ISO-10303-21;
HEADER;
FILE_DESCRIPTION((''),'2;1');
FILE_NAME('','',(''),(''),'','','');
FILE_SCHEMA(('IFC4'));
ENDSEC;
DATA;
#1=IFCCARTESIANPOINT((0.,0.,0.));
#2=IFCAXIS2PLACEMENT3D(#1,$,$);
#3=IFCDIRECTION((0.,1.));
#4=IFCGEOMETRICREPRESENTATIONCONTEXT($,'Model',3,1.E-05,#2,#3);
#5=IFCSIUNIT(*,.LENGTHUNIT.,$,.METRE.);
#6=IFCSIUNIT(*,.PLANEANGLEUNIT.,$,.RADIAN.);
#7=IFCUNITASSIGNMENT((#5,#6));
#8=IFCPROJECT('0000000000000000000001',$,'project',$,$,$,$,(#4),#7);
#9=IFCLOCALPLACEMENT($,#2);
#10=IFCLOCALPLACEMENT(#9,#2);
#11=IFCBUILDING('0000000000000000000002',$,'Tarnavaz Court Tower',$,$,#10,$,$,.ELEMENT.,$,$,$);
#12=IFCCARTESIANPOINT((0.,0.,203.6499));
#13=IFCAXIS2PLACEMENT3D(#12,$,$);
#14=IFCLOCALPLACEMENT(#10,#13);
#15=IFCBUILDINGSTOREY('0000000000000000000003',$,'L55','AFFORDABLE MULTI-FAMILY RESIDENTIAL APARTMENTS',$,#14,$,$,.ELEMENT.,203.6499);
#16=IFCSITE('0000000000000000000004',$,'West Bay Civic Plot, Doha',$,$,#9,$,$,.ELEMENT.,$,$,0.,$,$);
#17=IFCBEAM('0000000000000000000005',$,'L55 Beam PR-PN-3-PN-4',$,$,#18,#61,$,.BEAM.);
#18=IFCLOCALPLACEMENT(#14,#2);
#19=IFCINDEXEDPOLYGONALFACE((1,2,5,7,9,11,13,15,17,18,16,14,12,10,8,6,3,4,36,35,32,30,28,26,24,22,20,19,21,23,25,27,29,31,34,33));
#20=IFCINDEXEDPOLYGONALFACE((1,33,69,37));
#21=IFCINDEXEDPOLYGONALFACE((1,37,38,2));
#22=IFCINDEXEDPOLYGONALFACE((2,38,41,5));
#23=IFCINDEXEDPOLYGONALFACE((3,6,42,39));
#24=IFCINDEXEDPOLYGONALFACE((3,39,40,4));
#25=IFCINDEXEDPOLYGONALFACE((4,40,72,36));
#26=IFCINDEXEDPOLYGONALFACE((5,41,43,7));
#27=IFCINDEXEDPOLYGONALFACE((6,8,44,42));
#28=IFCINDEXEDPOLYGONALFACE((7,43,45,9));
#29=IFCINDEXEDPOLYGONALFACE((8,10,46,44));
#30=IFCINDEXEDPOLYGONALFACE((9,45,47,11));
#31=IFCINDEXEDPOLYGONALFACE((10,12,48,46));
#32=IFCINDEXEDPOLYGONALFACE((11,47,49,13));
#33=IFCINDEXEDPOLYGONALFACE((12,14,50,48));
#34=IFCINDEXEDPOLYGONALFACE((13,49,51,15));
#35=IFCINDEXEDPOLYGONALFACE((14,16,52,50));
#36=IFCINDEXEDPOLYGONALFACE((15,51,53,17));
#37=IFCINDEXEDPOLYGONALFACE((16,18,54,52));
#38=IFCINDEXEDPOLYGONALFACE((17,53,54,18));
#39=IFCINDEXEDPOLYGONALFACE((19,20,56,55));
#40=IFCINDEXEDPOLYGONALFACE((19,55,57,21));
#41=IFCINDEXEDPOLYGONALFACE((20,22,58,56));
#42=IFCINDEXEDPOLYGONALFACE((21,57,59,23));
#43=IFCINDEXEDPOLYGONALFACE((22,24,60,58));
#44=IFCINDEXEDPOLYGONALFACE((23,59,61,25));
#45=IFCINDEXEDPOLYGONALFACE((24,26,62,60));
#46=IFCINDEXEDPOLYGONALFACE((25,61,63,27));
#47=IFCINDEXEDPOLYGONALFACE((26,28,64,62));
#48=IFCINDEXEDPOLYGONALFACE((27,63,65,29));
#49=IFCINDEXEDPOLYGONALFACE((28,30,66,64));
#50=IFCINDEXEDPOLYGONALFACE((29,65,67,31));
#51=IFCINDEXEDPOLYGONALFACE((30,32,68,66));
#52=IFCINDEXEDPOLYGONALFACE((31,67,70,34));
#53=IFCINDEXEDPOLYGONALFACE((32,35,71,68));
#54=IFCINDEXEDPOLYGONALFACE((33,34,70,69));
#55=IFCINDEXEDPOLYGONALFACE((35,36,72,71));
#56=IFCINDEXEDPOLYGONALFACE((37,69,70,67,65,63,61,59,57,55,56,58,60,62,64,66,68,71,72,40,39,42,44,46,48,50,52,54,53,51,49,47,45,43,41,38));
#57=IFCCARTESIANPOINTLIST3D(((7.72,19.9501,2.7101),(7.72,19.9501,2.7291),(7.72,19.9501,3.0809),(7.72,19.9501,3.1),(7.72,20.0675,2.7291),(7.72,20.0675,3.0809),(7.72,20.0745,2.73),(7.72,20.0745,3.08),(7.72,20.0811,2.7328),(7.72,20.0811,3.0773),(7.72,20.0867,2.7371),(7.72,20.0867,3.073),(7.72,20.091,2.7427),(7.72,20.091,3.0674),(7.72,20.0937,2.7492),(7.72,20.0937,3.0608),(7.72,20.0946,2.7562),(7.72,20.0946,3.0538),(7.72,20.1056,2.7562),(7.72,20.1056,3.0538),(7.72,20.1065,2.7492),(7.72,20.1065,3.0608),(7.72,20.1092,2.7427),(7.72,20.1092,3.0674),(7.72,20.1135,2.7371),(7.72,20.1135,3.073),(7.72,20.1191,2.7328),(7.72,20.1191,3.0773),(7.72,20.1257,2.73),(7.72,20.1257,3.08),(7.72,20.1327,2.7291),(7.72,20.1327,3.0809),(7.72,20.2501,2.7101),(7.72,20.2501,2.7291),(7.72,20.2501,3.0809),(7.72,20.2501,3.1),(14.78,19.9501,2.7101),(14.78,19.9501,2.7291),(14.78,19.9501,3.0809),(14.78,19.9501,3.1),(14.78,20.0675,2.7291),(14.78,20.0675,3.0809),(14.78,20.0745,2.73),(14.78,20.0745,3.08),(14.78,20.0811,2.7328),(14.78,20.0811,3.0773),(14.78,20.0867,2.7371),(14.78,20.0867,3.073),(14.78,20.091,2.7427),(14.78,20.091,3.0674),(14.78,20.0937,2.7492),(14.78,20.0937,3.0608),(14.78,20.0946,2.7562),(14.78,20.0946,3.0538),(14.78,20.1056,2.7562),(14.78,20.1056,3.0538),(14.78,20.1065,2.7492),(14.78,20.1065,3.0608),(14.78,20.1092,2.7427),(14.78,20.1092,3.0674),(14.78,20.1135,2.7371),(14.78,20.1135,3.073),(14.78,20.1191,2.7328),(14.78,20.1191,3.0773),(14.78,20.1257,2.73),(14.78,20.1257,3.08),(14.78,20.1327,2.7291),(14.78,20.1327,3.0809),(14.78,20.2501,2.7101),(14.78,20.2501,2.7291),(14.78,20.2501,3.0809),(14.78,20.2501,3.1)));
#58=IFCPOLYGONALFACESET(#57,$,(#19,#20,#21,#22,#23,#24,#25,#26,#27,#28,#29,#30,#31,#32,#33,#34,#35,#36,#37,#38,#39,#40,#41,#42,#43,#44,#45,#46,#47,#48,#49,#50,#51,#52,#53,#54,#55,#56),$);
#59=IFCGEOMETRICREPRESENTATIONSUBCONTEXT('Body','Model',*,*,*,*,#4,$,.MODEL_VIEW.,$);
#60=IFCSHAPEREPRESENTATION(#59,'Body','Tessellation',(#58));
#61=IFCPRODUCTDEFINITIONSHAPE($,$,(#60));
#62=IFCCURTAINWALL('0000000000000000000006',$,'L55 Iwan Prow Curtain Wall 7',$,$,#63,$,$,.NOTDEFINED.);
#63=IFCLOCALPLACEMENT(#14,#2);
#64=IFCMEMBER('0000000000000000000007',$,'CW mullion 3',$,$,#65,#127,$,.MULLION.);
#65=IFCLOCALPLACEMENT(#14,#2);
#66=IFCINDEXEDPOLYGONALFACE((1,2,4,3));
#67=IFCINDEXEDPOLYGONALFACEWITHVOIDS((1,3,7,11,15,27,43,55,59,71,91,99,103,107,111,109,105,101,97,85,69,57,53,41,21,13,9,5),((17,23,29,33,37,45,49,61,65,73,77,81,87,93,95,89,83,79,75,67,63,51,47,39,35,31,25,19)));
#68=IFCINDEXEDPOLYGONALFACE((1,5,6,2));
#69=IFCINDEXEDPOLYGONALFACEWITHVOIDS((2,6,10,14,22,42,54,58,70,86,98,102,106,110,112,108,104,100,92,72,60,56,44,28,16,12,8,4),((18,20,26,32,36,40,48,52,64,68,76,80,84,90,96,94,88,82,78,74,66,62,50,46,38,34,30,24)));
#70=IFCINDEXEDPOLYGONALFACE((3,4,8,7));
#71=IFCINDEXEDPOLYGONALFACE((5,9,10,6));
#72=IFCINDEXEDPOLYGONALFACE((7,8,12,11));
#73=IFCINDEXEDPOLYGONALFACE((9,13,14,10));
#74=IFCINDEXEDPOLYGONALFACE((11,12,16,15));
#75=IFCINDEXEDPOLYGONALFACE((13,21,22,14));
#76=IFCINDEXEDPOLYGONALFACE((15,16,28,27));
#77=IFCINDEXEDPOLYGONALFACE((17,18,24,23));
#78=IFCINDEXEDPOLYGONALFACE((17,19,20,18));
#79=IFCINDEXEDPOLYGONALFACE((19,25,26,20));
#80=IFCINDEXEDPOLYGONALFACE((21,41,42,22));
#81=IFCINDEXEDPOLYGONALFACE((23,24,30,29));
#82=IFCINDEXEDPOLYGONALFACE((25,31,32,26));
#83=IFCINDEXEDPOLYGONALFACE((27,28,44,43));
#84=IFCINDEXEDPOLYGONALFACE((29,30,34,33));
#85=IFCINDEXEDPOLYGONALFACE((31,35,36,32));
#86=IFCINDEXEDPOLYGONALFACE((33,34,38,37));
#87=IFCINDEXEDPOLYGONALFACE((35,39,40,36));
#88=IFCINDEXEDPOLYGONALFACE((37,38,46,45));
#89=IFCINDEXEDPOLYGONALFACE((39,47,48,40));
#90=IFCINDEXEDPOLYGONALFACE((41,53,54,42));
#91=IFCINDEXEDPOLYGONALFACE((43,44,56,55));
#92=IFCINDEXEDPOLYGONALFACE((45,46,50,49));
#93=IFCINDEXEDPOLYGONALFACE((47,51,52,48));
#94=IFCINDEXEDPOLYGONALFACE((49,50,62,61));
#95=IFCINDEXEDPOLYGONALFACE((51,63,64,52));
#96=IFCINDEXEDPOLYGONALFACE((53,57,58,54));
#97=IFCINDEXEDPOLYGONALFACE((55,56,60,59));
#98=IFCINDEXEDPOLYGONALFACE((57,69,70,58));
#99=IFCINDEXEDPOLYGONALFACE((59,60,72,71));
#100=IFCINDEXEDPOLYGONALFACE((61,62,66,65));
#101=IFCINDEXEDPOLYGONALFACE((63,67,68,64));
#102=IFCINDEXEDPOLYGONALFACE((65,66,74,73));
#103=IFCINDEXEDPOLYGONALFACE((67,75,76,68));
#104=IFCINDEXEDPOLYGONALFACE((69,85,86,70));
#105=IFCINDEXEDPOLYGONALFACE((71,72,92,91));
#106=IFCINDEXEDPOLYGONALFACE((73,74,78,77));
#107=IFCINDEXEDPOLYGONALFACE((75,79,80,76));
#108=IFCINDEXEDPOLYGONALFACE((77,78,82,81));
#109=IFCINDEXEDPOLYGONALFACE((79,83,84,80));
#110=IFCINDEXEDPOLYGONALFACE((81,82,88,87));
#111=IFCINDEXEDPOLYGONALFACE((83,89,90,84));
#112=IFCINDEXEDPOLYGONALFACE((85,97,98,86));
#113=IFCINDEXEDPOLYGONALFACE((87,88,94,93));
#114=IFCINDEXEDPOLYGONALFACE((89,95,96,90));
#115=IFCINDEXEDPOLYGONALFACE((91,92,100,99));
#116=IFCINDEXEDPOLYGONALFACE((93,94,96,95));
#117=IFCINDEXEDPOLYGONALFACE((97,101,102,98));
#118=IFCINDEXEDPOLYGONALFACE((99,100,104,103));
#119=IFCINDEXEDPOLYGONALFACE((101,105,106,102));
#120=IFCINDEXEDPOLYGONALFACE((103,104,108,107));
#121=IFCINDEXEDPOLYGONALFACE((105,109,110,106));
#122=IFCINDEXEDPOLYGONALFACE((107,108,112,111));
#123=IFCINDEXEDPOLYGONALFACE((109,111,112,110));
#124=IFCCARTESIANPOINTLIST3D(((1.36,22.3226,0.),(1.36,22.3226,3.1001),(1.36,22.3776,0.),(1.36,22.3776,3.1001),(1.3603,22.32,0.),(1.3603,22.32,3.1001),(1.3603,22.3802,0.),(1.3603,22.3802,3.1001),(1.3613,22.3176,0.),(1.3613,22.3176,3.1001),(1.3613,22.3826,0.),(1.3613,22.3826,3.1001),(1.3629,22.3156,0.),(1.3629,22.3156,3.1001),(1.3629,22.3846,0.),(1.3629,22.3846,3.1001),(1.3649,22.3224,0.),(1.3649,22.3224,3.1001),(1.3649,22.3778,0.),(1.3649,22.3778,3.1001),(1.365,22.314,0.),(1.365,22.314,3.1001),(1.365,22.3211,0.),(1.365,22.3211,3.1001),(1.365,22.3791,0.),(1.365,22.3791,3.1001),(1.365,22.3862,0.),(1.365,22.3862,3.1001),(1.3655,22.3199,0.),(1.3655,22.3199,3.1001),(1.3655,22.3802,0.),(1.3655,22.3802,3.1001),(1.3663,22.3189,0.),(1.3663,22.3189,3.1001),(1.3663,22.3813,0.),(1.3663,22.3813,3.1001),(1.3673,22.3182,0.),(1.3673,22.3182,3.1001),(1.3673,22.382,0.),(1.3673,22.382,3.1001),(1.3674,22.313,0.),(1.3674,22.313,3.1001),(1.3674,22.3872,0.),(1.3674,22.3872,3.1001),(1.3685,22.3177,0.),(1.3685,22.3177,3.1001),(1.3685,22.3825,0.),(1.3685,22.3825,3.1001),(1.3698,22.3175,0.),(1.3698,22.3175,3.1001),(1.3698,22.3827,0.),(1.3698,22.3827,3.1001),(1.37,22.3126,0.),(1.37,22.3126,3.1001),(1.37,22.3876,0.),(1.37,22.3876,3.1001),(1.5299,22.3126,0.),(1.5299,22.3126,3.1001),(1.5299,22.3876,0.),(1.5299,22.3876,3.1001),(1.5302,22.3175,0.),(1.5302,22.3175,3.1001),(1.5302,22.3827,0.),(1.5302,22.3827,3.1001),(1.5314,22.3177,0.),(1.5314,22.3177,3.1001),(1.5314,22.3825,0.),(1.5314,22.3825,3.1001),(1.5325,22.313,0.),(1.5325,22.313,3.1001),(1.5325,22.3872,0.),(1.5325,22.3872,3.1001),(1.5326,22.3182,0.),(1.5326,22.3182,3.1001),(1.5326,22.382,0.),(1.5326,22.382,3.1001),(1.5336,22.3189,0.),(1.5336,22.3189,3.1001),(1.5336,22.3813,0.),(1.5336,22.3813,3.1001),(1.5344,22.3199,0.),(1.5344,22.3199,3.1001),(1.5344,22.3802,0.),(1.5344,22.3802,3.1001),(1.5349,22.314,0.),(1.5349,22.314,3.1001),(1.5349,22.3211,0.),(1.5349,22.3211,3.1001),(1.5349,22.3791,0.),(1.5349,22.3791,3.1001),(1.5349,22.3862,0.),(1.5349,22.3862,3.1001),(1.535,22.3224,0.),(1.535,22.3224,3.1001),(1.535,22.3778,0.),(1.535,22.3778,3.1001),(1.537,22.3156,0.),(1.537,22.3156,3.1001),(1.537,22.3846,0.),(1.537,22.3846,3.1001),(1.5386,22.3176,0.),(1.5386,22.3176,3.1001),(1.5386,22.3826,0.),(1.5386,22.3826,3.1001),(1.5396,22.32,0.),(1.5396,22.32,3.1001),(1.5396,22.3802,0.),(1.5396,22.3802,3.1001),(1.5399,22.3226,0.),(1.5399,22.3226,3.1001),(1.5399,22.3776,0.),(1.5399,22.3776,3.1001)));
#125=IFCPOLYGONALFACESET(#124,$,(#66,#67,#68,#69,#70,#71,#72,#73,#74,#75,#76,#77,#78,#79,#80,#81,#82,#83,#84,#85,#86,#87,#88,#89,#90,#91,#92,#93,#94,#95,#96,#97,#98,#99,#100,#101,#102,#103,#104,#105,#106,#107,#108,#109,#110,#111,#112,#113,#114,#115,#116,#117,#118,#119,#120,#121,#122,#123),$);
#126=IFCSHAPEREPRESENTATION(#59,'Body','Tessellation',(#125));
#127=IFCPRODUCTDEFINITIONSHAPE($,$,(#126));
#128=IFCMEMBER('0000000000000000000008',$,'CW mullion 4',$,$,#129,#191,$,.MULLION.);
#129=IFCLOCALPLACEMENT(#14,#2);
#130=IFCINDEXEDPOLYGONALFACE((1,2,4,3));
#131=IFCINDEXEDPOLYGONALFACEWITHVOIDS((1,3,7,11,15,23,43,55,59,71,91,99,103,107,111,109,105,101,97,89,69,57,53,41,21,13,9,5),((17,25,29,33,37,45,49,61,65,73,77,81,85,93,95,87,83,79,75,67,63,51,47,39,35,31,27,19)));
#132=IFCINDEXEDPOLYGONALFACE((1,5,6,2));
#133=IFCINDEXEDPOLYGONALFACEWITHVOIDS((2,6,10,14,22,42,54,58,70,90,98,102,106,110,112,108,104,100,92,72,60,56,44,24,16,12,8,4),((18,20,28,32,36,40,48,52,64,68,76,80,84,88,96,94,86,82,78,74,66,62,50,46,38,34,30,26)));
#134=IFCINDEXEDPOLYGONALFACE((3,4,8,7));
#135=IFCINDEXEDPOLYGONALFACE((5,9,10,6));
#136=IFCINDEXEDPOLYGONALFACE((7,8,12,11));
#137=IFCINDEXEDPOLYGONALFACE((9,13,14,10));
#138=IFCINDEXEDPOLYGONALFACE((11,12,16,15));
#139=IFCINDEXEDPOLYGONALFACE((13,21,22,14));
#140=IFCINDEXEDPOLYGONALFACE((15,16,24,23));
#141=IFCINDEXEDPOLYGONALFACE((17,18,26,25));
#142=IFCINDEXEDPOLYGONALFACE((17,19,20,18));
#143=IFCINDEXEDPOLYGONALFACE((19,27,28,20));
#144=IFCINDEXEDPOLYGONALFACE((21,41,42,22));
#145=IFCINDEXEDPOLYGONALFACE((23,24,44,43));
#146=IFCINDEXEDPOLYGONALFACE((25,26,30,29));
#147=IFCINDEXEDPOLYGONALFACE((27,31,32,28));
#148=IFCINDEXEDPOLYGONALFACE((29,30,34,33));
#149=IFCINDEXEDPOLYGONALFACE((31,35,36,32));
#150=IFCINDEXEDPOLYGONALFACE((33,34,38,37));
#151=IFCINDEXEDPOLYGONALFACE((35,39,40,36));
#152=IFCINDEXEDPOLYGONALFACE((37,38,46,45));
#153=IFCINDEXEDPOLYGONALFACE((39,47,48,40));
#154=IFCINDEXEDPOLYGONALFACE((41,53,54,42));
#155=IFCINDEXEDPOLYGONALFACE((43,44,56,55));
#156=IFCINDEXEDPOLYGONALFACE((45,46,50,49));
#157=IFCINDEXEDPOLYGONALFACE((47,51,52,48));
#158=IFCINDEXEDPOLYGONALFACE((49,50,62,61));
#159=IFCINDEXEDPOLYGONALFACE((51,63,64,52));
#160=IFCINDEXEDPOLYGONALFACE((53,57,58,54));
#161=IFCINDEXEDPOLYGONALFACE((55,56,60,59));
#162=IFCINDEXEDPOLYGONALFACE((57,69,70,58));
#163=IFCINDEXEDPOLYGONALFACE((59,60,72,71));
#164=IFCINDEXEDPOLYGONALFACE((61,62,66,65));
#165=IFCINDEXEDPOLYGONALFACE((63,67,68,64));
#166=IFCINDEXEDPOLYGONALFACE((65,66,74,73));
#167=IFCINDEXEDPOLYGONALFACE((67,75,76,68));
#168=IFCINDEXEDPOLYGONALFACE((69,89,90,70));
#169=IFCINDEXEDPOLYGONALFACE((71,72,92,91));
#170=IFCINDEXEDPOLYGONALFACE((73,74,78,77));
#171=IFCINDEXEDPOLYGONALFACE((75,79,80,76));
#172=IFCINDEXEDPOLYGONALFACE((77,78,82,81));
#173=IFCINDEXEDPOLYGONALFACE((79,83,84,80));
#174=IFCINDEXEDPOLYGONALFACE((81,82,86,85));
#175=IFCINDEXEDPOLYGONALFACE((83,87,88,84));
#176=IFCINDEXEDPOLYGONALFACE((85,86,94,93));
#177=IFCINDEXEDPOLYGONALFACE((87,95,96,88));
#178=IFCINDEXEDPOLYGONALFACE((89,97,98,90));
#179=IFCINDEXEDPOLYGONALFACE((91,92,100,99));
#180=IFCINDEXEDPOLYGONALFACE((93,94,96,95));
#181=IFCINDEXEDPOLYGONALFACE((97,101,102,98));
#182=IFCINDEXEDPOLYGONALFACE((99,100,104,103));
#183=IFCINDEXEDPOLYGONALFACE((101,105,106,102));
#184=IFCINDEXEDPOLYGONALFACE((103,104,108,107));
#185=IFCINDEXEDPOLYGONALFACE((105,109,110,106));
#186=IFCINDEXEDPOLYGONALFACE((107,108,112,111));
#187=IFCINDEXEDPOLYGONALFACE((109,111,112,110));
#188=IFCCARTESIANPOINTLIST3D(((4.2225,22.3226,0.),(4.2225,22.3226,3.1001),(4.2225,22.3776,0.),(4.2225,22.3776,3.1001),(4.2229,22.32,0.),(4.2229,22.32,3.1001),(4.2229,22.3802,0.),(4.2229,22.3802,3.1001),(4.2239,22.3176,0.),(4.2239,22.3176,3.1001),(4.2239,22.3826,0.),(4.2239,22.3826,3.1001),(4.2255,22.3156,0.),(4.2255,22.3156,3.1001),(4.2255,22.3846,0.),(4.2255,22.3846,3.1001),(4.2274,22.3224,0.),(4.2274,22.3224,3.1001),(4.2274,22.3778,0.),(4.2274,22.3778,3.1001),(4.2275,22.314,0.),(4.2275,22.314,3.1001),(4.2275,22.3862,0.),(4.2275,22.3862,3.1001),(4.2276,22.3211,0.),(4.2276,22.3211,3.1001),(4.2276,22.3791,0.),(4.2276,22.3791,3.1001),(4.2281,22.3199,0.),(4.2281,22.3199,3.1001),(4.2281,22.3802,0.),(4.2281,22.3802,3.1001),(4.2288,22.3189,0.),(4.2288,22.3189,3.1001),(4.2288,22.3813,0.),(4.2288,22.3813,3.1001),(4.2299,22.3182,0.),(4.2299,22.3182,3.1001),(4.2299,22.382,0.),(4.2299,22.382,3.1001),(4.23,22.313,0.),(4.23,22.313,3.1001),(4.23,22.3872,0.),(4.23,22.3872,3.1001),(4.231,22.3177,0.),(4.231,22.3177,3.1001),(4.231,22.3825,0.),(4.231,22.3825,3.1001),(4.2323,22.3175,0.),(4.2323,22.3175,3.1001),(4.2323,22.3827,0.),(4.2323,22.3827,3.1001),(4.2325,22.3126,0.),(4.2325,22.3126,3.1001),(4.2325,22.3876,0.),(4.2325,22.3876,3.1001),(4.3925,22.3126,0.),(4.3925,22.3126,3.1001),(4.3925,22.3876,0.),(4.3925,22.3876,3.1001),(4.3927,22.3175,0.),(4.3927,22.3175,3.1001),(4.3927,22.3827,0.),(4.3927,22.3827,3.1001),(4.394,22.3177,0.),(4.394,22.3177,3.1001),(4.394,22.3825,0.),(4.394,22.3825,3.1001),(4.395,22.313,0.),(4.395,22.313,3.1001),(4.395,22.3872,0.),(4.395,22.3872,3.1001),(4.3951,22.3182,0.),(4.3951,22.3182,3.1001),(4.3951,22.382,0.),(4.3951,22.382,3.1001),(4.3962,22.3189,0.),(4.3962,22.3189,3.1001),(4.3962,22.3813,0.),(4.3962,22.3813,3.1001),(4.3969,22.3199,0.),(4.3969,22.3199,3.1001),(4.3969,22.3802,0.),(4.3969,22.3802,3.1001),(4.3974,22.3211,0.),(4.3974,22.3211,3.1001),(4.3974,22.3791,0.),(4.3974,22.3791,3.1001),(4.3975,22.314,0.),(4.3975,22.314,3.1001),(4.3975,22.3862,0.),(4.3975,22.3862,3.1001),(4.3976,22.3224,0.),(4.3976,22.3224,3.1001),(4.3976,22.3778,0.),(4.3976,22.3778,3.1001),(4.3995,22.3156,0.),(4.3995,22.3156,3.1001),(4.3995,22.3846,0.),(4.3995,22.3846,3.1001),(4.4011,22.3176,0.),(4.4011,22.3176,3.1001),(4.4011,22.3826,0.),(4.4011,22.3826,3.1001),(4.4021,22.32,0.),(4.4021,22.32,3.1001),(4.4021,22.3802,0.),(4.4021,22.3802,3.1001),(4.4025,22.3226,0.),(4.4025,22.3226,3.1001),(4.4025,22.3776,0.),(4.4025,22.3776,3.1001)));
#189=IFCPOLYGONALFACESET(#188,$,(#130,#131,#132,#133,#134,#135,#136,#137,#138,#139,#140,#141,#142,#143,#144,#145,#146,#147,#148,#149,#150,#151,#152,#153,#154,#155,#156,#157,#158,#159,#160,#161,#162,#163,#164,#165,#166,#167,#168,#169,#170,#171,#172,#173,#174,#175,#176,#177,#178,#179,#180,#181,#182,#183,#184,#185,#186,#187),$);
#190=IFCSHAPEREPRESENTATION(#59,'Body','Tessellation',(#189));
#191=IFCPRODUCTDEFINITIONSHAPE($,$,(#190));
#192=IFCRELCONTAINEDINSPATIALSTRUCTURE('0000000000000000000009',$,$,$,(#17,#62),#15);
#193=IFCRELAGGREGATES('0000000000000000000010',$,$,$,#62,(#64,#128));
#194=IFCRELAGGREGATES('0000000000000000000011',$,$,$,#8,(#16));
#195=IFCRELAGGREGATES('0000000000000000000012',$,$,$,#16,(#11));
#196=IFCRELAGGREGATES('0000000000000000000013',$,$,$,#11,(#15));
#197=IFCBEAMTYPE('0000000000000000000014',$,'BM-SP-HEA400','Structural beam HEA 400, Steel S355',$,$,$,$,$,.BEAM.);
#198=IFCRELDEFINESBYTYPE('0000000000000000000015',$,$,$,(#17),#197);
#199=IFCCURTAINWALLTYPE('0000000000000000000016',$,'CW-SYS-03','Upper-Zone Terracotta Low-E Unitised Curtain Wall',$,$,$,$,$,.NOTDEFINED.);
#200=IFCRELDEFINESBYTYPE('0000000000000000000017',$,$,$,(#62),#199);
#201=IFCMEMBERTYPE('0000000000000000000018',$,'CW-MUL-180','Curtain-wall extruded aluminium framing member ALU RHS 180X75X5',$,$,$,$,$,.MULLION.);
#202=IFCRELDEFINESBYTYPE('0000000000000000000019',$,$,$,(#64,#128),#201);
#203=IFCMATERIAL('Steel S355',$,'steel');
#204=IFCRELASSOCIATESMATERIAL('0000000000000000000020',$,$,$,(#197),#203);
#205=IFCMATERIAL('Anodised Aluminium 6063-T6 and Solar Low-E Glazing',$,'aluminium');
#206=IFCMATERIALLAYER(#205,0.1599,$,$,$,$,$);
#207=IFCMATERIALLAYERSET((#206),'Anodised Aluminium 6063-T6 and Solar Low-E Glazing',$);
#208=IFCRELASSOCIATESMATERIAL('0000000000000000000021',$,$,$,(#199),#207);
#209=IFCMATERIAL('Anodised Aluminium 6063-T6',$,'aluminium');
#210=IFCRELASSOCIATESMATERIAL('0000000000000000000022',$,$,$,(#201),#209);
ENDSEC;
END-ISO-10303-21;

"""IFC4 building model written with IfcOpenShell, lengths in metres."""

from ifc_helpers import new_model, si_unit, direction, frame, origin, origin_2d, place, context, subcontext, project, spatial, hollow_rectangle, i_section, extrude, material, layer, layer_set, material_profile, profile_set, type_object, element, aggregate, save


model = new_model("IFC4")

# Units and contexts
model_context = context("Model", 3, precision=1e-05, world=origin(), true_north=direction((0.0, 1.0)))
body_context = subcontext(model_context, "Body", "Model", "MODEL_VIEW")
ifc_project = project(units=[si_unit("LENGTHUNIT", "METRE"), si_unit("PLANEANGLEUNIT", "RADIAN")], contexts=[model_context])

# Site, building, storey
site_placement = place(None, origin())
site = spatial("IfcSite", under=ifc_project, at=site_placement, Name="West Bay Civic Plot, Doha", CompositionType="ELEMENT", RefElevation=0.0)
building_placement = place(site_placement, origin())
building = spatial("IfcBuilding", under=site, at=building_placement, Name="Tarnavaz Court Tower", CompositionType="ELEMENT")
storey_placement = place(building_placement, frame((0.0, 0.0, 203.6499)))
storey = spatial("IfcBuildingStorey", under=building, at=storey_placement, Name="L55", Description="AFFORDABLE MULTI-FAMILY RESIDENTIAL APARTMENTS", CompositionType="ELEMENT", Elevation=203.6499)

# Beam
ifc_material_1 = material(Name="Steel S355", Category="steel")
ifc_material_profile_1 = material_profile(ifc_material_1, i_section(OverallWidth=0.3, OverallDepth=0.3899, WebThickness=0.011, FlangeThickness=0.019, FilletRadius=0.0271, at=origin_2d()), Name="HEA 400")
ifc_profile_set_1 = profile_set([ifc_material_profile_1], Name="Steel S355")
beam_type_1 = type_object("IfcBeamType", Name="BM-SP-HEA400", Description="Structural beam HEA 400, Steel S355", PredefinedType="BEAM", material=ifc_profile_set_1)
beam_placement = place(storey_placement, frame((7.72, 20.1001, 2.905), z_axis=(1.0, 0.0, 0.0), x_axis=(0.0, 1.0, 0.0)))
element("IfcBeam", 1, at=beam_placement, inside=storey, type_object=beam_type_1, Name="L55 Beam PR-PN-3-PN-4", PredefinedType="BEAM", context=body_context, shape_type="SweptSolid", body=[
    extrude(i_section(OverallWidth=0.3, OverallDepth=0.3899, WebThickness=0.011, FlangeThickness=0.019, FilletRadius=0.0271, at=origin_2d()), origin(), (0.0, 0.0, 1.0), 7.0601),
])

# Curtain wall, members
ifc_material_2 = material(Name="Anodised Aluminium 6063-T6 and Solar Low-E Glazing", Category="aluminium")
ifc_layer_1 = layer(ifc_material_2, 0.1599)
ifc_layer_set_1 = layer_set([ifc_layer_1], Name="Anodised Aluminium 6063-T6 and Solar Low-E Glazing")
curtain_wall_type = type_object("IfcCurtainWallType", Name="CW-SYS-03", Description="Upper-Zone Terracotta Low-E Unitised Curtain Wall", PredefinedType="NOTDEFINED", material=ifc_layer_set_1)
curtain_wall_placement = place(storey_placement, origin())
curtain_wall = element("IfcCurtainWall", 2, at=curtain_wall_placement, inside=storey, type_object=curtain_wall_type, Name="L55 Iwan Prow Curtain Wall 7", PredefinedType="NOTDEFINED")
ifc_material_3 = material(Name="Anodised Aluminium 6063-T6", Category="aluminium")
ifc_material_profile_2 = material_profile(ifc_material_3, hollow_rectangle(XDim=0.075, YDim=0.1799, WallThickness=0.0049, InnerFilletRadius=0.0049, OuterFilletRadius=0.01, at=origin_2d()), Name="ALU RHS 180X75X5")
ifc_profile_set_2 = profile_set([ifc_material_profile_2], Name="Anodised Aluminium 6063-T6")
member_type_1 = type_object("IfcMemberType", Name="CW-MUL-180", Description="Curtain-wall extruded aluminium framing member ALU RHS 180X75X5", PredefinedType="MULLION", material=ifc_profile_set_2)
member_1_placement = place(storey_placement, frame((1.45, 22.3501, 0.0), z_axis=(0.0, 0.0, 1.0), x_axis=(0.0, 1.0, 0.0)))
member_1 = element("IfcMember", 3, at=member_1_placement, type_object=member_type_1, Name="CW mullion 3", PredefinedType="MULLION", context=body_context, shape_type="SweptSolid", body=[
    extrude(hollow_rectangle(XDim=0.075, YDim=0.1799, WallThickness=0.0049, InnerFilletRadius=0.0049, OuterFilletRadius=0.01, at=origin_2d()), origin(), (0.0, 0.0, 1.0), 3.1001),
])
member_2_placement = place(storey_placement, frame((4.3125, 22.3501, 0.0), z_axis=(0.0, 0.0, 1.0), x_axis=(0.0, 1.0, 0.0)))
member_2 = element("IfcMember", 4, at=member_2_placement, type_object=member_type_1, Name="CW mullion 4", PredefinedType="MULLION", context=body_context, shape_type="SweptSolid", body=[
    extrude(hollow_rectangle(XDim=0.075, YDim=0.1799, WallThickness=0.0049, InnerFilletRadius=0.0049, OuterFilletRadius=0.01, at=origin_2d()), origin(), (0.0, 0.0, 1.0), 3.1001),
])
aggregate(curtain_wall, [member_1, member_2])

save(model, "model.ifc")
